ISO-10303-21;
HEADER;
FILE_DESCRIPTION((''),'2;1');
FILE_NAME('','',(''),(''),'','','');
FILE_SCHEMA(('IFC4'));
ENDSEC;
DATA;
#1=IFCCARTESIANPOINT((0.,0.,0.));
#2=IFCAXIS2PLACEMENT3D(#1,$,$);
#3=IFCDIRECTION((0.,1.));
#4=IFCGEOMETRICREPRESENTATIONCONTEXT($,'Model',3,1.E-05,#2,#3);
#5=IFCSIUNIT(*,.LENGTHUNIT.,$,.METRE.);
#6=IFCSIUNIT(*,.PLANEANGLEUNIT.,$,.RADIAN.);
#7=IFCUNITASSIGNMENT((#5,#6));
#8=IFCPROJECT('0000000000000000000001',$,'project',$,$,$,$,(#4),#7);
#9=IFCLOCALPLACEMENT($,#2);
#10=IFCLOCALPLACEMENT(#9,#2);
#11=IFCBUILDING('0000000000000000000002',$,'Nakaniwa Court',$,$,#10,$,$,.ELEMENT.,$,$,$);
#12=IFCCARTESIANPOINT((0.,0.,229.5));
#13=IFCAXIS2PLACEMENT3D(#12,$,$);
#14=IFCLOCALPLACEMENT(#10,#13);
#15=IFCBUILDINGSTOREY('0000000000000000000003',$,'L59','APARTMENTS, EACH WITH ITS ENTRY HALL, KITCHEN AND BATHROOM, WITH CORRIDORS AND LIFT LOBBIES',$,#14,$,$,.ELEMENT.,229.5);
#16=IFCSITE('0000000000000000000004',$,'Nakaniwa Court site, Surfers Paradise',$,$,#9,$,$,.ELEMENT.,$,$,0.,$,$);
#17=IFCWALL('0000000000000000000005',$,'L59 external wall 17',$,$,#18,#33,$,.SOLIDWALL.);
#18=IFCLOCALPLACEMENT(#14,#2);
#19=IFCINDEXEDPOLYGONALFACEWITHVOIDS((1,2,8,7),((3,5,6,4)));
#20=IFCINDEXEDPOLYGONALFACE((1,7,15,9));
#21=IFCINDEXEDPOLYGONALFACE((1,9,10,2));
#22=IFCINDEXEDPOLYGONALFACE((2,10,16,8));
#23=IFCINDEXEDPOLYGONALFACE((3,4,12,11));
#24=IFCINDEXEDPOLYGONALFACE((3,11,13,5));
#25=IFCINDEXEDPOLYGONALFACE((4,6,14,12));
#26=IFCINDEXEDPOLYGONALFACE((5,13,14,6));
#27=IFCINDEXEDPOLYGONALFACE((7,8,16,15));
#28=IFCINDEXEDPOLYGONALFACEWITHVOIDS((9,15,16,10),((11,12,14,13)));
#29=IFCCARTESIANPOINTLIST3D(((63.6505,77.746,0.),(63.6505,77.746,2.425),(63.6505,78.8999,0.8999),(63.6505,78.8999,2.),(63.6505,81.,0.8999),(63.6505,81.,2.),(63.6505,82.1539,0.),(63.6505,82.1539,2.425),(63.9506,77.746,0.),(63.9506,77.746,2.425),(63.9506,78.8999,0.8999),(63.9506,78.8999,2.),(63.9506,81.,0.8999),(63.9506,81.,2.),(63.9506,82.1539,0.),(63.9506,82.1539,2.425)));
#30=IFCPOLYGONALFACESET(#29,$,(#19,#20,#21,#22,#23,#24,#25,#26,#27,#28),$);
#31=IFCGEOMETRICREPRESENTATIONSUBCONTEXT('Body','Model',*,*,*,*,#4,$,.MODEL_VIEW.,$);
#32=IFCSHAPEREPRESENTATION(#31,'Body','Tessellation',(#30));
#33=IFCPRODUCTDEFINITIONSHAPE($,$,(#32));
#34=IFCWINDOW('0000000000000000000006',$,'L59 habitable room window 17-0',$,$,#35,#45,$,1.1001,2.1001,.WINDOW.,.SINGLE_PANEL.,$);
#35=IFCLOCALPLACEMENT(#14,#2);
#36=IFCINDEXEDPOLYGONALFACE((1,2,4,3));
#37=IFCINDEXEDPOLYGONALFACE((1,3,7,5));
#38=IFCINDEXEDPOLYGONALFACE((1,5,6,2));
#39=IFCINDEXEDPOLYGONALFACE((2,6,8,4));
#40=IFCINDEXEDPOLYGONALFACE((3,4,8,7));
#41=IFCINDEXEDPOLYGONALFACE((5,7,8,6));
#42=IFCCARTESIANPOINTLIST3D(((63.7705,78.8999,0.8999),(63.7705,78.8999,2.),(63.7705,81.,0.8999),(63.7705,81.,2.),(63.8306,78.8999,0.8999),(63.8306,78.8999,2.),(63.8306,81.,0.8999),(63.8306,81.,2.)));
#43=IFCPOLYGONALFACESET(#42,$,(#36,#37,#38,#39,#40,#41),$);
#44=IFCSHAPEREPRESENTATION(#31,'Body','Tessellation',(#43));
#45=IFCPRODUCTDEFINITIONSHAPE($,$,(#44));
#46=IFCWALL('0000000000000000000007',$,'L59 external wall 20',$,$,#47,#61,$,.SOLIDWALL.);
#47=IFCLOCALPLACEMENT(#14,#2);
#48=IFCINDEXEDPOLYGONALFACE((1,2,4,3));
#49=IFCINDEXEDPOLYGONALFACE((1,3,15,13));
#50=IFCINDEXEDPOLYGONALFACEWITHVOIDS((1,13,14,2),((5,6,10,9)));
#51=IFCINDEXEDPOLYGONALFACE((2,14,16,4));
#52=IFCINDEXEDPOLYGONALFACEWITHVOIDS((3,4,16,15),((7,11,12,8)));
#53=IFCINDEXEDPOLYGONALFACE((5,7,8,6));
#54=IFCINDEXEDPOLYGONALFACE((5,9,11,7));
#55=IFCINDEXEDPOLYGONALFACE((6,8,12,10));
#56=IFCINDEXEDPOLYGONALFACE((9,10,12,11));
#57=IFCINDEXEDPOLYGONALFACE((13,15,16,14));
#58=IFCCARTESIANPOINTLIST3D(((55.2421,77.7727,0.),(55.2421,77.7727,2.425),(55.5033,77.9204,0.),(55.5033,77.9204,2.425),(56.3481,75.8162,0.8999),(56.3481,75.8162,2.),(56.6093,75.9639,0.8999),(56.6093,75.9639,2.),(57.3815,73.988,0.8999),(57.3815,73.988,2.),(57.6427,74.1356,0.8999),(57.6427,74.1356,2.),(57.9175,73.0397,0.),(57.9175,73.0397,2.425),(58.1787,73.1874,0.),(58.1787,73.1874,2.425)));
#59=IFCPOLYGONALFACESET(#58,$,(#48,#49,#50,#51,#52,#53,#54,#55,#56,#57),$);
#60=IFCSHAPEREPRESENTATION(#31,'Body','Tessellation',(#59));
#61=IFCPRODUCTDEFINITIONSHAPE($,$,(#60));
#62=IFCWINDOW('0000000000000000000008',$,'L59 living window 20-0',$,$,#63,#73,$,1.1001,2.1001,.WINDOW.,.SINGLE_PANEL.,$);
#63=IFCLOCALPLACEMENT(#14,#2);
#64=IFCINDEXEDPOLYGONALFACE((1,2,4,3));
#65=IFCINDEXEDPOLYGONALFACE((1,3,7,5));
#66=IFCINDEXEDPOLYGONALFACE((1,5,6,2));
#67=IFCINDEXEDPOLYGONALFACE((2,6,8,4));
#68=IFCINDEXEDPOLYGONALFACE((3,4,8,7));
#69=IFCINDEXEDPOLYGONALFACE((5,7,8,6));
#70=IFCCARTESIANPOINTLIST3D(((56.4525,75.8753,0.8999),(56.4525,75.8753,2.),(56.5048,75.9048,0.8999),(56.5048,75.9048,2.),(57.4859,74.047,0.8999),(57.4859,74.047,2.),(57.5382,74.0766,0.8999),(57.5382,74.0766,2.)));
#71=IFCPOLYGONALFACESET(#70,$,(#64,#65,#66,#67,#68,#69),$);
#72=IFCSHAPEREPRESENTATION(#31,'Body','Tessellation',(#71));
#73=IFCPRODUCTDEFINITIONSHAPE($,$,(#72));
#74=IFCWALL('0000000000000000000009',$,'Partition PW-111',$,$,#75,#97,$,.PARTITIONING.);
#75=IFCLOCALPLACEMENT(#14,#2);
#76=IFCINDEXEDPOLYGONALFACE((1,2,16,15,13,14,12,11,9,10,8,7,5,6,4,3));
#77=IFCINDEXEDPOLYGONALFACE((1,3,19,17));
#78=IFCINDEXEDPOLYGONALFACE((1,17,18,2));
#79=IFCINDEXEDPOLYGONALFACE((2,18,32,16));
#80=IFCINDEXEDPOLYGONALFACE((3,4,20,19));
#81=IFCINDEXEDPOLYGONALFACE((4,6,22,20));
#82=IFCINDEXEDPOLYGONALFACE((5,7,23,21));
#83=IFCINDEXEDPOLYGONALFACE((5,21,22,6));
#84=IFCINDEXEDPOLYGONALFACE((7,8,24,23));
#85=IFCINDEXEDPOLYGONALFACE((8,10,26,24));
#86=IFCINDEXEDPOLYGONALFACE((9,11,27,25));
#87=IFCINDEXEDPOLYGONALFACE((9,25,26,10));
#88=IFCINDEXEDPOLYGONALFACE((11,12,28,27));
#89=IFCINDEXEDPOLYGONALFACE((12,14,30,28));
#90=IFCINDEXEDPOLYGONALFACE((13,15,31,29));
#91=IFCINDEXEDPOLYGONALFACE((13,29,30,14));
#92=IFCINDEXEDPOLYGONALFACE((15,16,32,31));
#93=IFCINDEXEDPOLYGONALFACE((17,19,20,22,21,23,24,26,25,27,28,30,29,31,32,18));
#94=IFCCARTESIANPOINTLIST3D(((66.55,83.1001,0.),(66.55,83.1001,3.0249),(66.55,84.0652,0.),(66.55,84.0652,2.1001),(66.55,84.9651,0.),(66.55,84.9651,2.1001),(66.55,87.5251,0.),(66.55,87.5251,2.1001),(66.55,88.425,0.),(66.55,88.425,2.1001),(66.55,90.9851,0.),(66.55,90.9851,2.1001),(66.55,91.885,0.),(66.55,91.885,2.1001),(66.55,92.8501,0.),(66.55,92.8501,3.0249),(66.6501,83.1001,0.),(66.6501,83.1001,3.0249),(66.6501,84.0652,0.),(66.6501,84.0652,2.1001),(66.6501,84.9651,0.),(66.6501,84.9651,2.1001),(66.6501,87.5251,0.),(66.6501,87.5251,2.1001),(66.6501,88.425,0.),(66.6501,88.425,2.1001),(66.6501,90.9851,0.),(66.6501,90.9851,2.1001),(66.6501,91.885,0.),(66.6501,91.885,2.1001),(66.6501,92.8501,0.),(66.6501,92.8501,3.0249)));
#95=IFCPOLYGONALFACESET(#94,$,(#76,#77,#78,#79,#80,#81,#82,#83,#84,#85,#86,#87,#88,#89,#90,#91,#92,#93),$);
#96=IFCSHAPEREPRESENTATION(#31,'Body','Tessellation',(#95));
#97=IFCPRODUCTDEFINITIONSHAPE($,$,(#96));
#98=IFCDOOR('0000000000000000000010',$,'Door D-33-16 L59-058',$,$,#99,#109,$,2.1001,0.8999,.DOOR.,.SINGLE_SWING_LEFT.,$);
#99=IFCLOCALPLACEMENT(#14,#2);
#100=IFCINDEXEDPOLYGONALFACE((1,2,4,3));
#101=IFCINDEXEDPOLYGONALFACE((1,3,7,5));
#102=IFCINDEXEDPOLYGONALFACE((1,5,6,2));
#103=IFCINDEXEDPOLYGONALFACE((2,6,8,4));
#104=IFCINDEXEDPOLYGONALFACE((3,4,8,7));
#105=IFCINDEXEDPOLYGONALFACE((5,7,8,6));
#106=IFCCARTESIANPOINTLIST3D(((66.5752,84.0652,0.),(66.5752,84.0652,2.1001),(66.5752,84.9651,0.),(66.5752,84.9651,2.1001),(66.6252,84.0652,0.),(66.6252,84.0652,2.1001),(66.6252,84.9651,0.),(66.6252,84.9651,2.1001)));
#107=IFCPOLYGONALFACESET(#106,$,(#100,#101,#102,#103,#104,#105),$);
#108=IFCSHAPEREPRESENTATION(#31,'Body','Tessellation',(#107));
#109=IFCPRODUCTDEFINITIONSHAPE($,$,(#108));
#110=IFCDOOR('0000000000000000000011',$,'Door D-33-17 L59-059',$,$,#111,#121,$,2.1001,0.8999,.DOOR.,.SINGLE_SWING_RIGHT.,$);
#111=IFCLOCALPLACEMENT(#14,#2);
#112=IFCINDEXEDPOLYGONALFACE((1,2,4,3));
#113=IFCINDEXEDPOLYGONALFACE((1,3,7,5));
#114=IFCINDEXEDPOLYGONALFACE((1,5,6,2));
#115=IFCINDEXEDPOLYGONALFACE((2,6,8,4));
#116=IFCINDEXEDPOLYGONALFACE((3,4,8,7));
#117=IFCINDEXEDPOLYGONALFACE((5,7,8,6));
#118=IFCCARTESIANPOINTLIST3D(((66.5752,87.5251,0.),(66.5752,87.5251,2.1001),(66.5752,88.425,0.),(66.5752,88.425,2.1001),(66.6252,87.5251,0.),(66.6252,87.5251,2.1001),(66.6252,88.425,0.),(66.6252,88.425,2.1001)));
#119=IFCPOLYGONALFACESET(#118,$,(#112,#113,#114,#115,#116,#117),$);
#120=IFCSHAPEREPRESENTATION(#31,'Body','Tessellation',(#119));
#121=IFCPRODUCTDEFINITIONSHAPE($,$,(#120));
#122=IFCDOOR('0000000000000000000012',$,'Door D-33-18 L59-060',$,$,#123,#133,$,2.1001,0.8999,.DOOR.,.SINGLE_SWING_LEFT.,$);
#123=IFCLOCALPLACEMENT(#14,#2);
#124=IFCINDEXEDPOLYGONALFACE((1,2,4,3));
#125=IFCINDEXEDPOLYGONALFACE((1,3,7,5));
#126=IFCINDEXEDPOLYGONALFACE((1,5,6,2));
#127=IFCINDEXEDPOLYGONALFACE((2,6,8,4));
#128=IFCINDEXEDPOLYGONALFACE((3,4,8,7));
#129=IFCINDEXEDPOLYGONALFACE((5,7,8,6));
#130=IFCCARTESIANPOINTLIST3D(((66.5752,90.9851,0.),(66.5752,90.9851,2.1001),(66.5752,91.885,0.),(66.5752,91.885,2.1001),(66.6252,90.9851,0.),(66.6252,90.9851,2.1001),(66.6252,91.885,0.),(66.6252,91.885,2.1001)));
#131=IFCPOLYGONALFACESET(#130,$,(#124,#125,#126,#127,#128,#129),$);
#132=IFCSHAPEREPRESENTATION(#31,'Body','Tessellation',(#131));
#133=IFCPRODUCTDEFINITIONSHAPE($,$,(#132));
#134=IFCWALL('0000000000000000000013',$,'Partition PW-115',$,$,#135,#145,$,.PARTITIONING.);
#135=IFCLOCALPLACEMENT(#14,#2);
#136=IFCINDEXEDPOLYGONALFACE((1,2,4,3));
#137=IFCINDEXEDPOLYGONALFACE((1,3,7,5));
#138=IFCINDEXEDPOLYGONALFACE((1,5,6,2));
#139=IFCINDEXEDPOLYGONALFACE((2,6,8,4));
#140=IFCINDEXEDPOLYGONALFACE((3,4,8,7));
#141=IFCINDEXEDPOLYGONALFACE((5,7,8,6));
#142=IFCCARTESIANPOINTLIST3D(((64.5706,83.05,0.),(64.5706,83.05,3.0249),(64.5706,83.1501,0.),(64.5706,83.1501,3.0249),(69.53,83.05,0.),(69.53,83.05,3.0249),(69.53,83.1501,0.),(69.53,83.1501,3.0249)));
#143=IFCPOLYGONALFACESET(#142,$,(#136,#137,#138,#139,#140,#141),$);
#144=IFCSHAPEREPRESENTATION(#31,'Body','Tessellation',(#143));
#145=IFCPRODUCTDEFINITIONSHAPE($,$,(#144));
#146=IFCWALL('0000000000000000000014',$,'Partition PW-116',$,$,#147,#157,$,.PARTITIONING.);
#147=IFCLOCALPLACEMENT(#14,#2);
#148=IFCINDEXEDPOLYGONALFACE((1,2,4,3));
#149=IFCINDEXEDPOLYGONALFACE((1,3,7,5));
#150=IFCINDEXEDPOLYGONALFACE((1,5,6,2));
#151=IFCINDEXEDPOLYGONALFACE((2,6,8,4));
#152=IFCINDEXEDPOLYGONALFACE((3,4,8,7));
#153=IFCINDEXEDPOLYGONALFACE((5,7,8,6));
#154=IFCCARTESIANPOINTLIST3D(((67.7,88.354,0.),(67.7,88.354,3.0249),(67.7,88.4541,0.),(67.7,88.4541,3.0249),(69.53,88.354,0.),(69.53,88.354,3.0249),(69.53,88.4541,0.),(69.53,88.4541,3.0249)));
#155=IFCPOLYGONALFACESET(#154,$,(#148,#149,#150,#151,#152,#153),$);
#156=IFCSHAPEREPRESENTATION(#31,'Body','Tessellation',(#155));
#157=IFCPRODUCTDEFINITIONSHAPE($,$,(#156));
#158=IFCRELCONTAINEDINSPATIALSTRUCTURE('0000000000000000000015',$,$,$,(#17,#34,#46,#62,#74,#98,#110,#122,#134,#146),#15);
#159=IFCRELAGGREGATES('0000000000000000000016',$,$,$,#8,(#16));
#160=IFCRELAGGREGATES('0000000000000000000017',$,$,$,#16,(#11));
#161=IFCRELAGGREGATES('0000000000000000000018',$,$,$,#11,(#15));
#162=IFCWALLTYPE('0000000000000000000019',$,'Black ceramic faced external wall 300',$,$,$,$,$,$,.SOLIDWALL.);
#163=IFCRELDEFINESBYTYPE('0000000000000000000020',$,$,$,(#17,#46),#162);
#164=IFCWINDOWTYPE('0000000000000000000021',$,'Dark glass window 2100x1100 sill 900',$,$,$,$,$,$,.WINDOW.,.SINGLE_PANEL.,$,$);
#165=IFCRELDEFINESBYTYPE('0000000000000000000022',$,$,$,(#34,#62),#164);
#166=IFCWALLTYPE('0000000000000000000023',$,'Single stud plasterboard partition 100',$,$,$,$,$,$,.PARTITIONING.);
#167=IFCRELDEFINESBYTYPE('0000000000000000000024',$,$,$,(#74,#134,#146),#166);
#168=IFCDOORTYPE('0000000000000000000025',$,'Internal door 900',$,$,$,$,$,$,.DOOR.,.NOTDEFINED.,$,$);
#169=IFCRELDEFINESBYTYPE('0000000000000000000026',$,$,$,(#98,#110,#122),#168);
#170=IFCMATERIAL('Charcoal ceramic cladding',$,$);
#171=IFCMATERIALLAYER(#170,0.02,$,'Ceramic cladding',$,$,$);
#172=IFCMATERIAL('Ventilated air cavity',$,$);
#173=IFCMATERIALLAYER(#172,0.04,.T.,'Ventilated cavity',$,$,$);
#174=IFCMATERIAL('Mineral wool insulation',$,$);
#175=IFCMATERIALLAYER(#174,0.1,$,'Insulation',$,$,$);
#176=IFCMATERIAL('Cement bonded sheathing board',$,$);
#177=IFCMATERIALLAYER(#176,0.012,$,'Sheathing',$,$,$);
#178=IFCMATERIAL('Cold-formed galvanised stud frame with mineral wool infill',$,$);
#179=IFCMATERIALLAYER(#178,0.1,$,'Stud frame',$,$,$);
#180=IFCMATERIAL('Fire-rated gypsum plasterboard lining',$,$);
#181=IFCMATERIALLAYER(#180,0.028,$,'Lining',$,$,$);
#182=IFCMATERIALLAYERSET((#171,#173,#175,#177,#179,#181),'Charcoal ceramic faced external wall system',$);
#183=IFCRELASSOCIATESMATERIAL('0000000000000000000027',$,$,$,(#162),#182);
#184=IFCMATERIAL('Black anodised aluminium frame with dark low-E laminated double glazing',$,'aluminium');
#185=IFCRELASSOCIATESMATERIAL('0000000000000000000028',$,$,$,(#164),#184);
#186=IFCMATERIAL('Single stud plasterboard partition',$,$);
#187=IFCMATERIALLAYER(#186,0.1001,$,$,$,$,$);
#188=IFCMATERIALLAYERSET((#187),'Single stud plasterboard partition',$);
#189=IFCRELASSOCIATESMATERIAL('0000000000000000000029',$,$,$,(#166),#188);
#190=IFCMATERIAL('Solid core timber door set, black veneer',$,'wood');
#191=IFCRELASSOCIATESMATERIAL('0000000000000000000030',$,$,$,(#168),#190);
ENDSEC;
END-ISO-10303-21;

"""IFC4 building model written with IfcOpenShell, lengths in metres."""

from ifc_helpers import new_model, si_unit, direction, frame, frame_2d, origin, place, context, subcontext, project, spatial, rectangle, extrude, material, layer, layer_set, type_object, element, fill, save


model = new_model("IFC4")

# Units and contexts
model_context = context("Model", 3, precision=1e-05, world=origin(), true_north=direction((0.0, 1.0)))
body_context = subcontext(model_context, "Body", "Model", "MODEL_VIEW")
ifc_project = project(units=[si_unit("LENGTHUNIT", "METRE"), si_unit("PLANEANGLEUNIT", "RADIAN")], contexts=[model_context])

# Site, building, storey
site_placement = place(None, origin())
site = spatial("IfcSite", under=ifc_project, at=site_placement, Name="Nakaniwa Court site, Surfers Paradise", CompositionType="ELEMENT", RefElevation=0.0)
building_placement = place(site_placement, origin())
building = spatial("IfcBuilding", under=site, at=building_placement, Name="Nakaniwa Court", CompositionType="ELEMENT")
storey_placement = place(building_placement, frame((0.0, 0.0, 229.5)))
storey = spatial("IfcBuildingStorey", under=building, at=storey_placement, Name="L59", Description="APARTMENTS, EACH WITH ITS ENTRY HALL, KITCHEN AND BATHROOM, WITH CORRIDORS AND LIFT LOBBIES", CompositionType="ELEMENT", Elevation=229.5)

# Shared definitions
ifc_material_1 = material(Name="Charcoal ceramic cladding")
ifc_layer_1 = layer(ifc_material_1, 0.02, Name="Ceramic cladding")
ifc_material_2 = material(Name="Ventilated air cavity")
ifc_layer_2 = layer(ifc_material_2, 0.04, ventilated=True, Name="Ventilated cavity")
ifc_material_3 = material(Name="Mineral wool insulation")
ifc_layer_3 = layer(ifc_material_3, 0.1, Name="Insulation")
ifc_material_4 = material(Name="Cement bonded sheathing board")
ifc_layer_4 = layer(ifc_material_4, 0.012, Name="Sheathing")
ifc_material_5 = material(Name="Cold-formed galvanised stud frame with mineral wool infill")
ifc_layer_5 = layer(ifc_material_5, 0.1, Name="Stud frame")
ifc_material_6 = material(Name="Fire-rated gypsum plasterboard lining")
ifc_layer_6 = layer(ifc_material_6, 0.028, Name="Lining")
ifc_layer_set_1 = layer_set([ifc_layer_1, ifc_layer_2, ifc_layer_3, ifc_layer_4, ifc_layer_5, ifc_layer_6], Name="Charcoal ceramic faced external wall system")
wall_type_1 = type_object("IfcWallType", Name="Black ceramic faced external wall 300", PredefinedType="SOLIDWALL", material=ifc_layer_set_1)
ifc_material_7 = material(Name="Black anodised aluminium frame with dark low-E laminated double glazing", Category="aluminium")

# Walls, openings, windows
wall_1_placement = place(storey_placement, frame((63.8005, 82.1541, 0.0), z_axis=(0.0, 0.0, 1.0), x_axis=(0.0, -1.0, 0.0)))
wall_1 = element("IfcWall", 1, at=wall_1_placement, inside=storey, type_object=wall_type_1, Name="L59 external wall 17", PredefinedType="SOLIDWALL", context=body_context, shape_type="SweptSolid", body=[
    extrude(rectangle(XDim=4.408, YDim=0.3, at=frame_2d((2.2041, 0.0))), origin(), (0.0, 0.0, 1.0), 2.425),
])
opening_1_placement = place(wall_1_placement, frame((1.1541, 0.0, 0.8999)))
opening_1 = element("IfcOpeningElement", 2, at=opening_1_placement, cuts=wall_1, PredefinedType="OPENING", context=body_context, shape_type="SweptSolid", body=[
    extrude(rectangle(XDim=2.1001, YDim=1.1001, at=frame_2d((1.05, 0.55))), frame((0.0, 0.1599, 0.0), z_axis=(0.0, -1.0, 0.0), x_axis=(1.0, 0.0, 0.0)), (0.0, 0.0, 1.0), 0.3201),
])
window_type_1 = type_object("IfcWindowType", Name="Dark glass window 2100x1100 sill 900", PartitioningType="SINGLE_PANEL", PredefinedType="WINDOW", material=ifc_material_7)
window_1_placement = place(opening_1_placement, origin())
window_1 = element("IfcWindow", 3, at=window_1_placement, inside=storey, type_object=window_type_1, Name="L59 habitable room window 17-0", OverallHeight=1.1001, OverallWidth=2.1001, PartitioningType="SINGLE_PANEL", PredefinedType="WINDOW", context=body_context, shape_type="SweptSolid", body=[
    extrude(rectangle(XDim=2.1001, YDim=1.1001, at=frame_2d((1.05, 0.55))), frame((0.0, 0.03, 0.0), z_axis=(0.0, -1.0, 0.0), x_axis=(1.0, 0.0, 0.0)), (0.0, 0.0, 1.0), 0.0601),
])
fill(opening_1, window_1)
wall_2_placement = place(storey_placement, frame((55.3728, 77.8464, 0.0), z_axis=(0.0, 0.0, 1.0), x_axis=(0.492081, -0.870549, 0.0)))
wall_2 = element("IfcWall", 4, at=wall_2_placement, inside=storey, type_object=wall_type_1, Name="L59 external wall 20", PredefinedType="SOLIDWALL", context=body_context, shape_type="SweptSolid", body=[
    extrude(rectangle(XDim=5.4368, YDim=0.3, at=frame_2d((2.7183, 0.0))), origin(), (0.0, 0.0, 1.0), 2.425),
])
opening_2_placement = place(wall_2_placement, frame((2.2473, 0.0, 0.8999)))
opening_2 = element("IfcOpeningElement", 5, at=opening_2_placement, cuts=wall_2, PredefinedType="OPENING", context=body_context, shape_type="SweptSolid", body=[
    extrude(rectangle(XDim=2.1001, YDim=1.1001, at=frame_2d((1.05, 0.55))), frame((0.0, 0.1599, 0.0), z_axis=(0.0, -1.0, 0.0), x_axis=(1.0, 0.0, 0.0)), (0.0, 0.0, 1.0), 0.3201),
])
window_2_placement = place(opening_2_placement, origin())
window_2 = element("IfcWindow", 6, at=window_2_placement, inside=storey, type_object=window_type_1, Name="L59 living window 20-0", OverallHeight=1.1001, OverallWidth=2.1001, PartitioningType="SINGLE_PANEL", PredefinedType="WINDOW", context=body_context, shape_type="SweptSolid", body=[
    extrude(rectangle(XDim=2.1001, YDim=1.1001, at=frame_2d((1.05, 0.55))), frame((0.0, 0.03, 0.0), z_axis=(0.0, -1.0, 0.0), x_axis=(1.0, 0.0, 0.0)), (0.0, 0.0, 1.0), 0.0601),
])
fill(opening_2, window_2)

# Wall, openings, doors
ifc_material_8 = material(Name="Single stud plasterboard partition")
ifc_layer_7 = layer(ifc_material_8, 0.1001)
ifc_layer_set_2 = layer_set([ifc_layer_7], Name="Single stud plasterboard partition")
wall_type_2 = type_object("IfcWallType", Name="Single stud plasterboard partition 100", PredefinedType="PARTITIONING", material=ifc_layer_set_2)
wall_3_placement = place(storey_placement, frame((66.6001, 83.1001, 0.0), z_axis=(0.0, 0.0, 1.0), x_axis=(0.0, 1.0, 0.0)))
wall_3 = element("IfcWall", 7, at=wall_3_placement, inside=storey, type_object=wall_type_2, Name="Partition PW-111", PredefinedType="PARTITIONING", context=body_context, shape_type="SweptSolid", body=[
    extrude(rectangle(XDim=9.75, YDim=0.1001, at=frame_2d((4.875, 0.0))), origin(), (0.0, 0.0, 1.0), 3.0249),
])
opening_3_placement = place(wall_3_placement, frame((0.9651, 0.0, 0.0)))
opening_3 = element("IfcOpeningElement", 8, at=opening_3_placement, cuts=wall_3, PredefinedType="OPENING", context=body_context, shape_type="SweptSolid", body=[
    extrude(rectangle(XDim=0.8999, YDim=2.1001, at=frame_2d((0.45, 1.05))), frame((0.0, 0.0601, 0.0), z_axis=(0.0, -1.0, 0.0), x_axis=(1.0, 0.0, 0.0)), (0.0, 0.0, 1.0), 0.1201),
])
opening_4_placement = place(wall_3_placement, frame((4.425, 0.0, 0.0)))
opening_4 = element("IfcOpeningElement", 9, at=opening_4_placement, cuts=wall_3, PredefinedType="OPENING", context=body_context, shape_type="SweptSolid", body=[
    extrude(rectangle(XDim=0.8999, YDim=2.1001, at=frame_2d((0.45, 1.05))), frame((0.0, 0.0601, 0.0), z_axis=(0.0, -1.0, 0.0), x_axis=(1.0, 0.0, 0.0)), (0.0, 0.0, 1.0), 0.1201),
])
opening_5_placement = place(wall_3_placement, frame((7.885, 0.0, 0.0)))
opening_5 = element("IfcOpeningElement", 10, at=opening_5_placement, cuts=wall_3, PredefinedType="OPENING", context=body_context, shape_type="SweptSolid", body=[
    extrude(rectangle(XDim=0.8999, YDim=2.1001, at=frame_2d((0.45, 1.05))), frame((0.0, 0.0601, 0.0), z_axis=(0.0, -1.0, 0.0), x_axis=(1.0, 0.0, 0.0)), (0.0, 0.0, 1.0), 0.1201),
])
ifc_material_9 = material(Name="Solid core timber door set, black veneer", Category="wood")
door_type = type_object("IfcDoorType", Name="Internal door 900", OperationType="NOTDEFINED", PredefinedType="DOOR", material=ifc_material_9)
door_1_placement = place(opening_3_placement, origin())
door_1 = element("IfcDoor", 11, at=door_1_placement, inside=storey, type_object=door_type, Name="Door D-33-16 L59-058", OperationType="SINGLE_SWING_LEFT", OverallHeight=2.1001, OverallWidth=0.8999, PredefinedType="DOOR", context=body_context, shape_type="SweptSolid", body=[
    extrude(rectangle(XDim=0.8999, YDim=2.1001, at=frame_2d((0.45, 1.05))), frame((0.0, 0.0249, 0.0), z_axis=(0.0, -1.0, 0.0), x_axis=(1.0, 0.0, 0.0)), (0.0, 0.0, 1.0), 0.05),
])
fill(opening_3, door_1)
door_2_placement = place(opening_4_placement, origin())
door_2 = element("IfcDoor", 12, at=door_2_placement, inside=storey, type_object=door_type, Name="Door D-33-17 L59-059", OperationType="SINGLE_SWING_RIGHT", OverallHeight=2.1001, OverallWidth=0.8999, PredefinedType="DOOR", context=body_context, shape_type="SweptSolid", body=[
    extrude(rectangle(XDim=0.8999, YDim=2.1001, at=frame_2d((0.45, 1.05))), frame((0.0, 0.0249, 0.0), z_axis=(0.0, -1.0, 0.0), x_axis=(1.0, 0.0, 0.0)), (0.0, 0.0, 1.0), 0.05),
])
fill(opening_4, door_2)
door_3_placement = place(opening_5_placement, origin())
door_3 = element("IfcDoor", 13, at=door_3_placement, inside=storey, type_object=door_type, Name="Door D-33-18 L59-060", OperationType="SINGLE_SWING_LEFT", OverallHeight=2.1001, OverallWidth=0.8999, PredefinedType="DOOR", context=body_context, shape_type="SweptSolid", body=[
    extrude(rectangle(XDim=0.8999, YDim=2.1001, at=frame_2d((0.45, 1.05))), frame((0.0, 0.0249, 0.0), z_axis=(0.0, -1.0, 0.0), x_axis=(1.0, 0.0, 0.0)), (0.0, 0.0, 1.0), 0.05),
])
fill(opening_5, door_3)

# Walls
wall_4_placement = place(storey_placement, frame((64.5706, 83.1001, 0.0), z_axis=(0.0, 0.0, 1.0), x_axis=(1.0, 0.0, 0.0)))
element("IfcWall", 14, at=wall_4_placement, inside=storey, type_object=wall_type_2, Name="Partition PW-115", PredefinedType="PARTITIONING", context=body_context, shape_type="SweptSolid", body=[
    extrude(rectangle(XDim=4.9595, YDim=0.1001, at=frame_2d((2.4797, 0.0))), origin(), (0.0, 0.0, 1.0), 3.0249),
])
wall_5_placement = place(storey_placement, frame((67.7, 88.4041, 0.0), z_axis=(0.0, 0.0, 1.0), x_axis=(1.0, 0.0, 0.0)))
element("IfcWall", 15, at=wall_5_placement, inside=storey, type_object=wall_type_2, Name="Partition PW-116", PredefinedType="PARTITIONING", context=body_context, shape_type="SweptSolid", body=[
    extrude(rectangle(XDim=1.8301, YDim=0.1001, at=frame_2d((0.915, 0.0))), origin(), (0.0, 0.0, 1.0), 3.0249),
])

save(model, "model.ifc")
